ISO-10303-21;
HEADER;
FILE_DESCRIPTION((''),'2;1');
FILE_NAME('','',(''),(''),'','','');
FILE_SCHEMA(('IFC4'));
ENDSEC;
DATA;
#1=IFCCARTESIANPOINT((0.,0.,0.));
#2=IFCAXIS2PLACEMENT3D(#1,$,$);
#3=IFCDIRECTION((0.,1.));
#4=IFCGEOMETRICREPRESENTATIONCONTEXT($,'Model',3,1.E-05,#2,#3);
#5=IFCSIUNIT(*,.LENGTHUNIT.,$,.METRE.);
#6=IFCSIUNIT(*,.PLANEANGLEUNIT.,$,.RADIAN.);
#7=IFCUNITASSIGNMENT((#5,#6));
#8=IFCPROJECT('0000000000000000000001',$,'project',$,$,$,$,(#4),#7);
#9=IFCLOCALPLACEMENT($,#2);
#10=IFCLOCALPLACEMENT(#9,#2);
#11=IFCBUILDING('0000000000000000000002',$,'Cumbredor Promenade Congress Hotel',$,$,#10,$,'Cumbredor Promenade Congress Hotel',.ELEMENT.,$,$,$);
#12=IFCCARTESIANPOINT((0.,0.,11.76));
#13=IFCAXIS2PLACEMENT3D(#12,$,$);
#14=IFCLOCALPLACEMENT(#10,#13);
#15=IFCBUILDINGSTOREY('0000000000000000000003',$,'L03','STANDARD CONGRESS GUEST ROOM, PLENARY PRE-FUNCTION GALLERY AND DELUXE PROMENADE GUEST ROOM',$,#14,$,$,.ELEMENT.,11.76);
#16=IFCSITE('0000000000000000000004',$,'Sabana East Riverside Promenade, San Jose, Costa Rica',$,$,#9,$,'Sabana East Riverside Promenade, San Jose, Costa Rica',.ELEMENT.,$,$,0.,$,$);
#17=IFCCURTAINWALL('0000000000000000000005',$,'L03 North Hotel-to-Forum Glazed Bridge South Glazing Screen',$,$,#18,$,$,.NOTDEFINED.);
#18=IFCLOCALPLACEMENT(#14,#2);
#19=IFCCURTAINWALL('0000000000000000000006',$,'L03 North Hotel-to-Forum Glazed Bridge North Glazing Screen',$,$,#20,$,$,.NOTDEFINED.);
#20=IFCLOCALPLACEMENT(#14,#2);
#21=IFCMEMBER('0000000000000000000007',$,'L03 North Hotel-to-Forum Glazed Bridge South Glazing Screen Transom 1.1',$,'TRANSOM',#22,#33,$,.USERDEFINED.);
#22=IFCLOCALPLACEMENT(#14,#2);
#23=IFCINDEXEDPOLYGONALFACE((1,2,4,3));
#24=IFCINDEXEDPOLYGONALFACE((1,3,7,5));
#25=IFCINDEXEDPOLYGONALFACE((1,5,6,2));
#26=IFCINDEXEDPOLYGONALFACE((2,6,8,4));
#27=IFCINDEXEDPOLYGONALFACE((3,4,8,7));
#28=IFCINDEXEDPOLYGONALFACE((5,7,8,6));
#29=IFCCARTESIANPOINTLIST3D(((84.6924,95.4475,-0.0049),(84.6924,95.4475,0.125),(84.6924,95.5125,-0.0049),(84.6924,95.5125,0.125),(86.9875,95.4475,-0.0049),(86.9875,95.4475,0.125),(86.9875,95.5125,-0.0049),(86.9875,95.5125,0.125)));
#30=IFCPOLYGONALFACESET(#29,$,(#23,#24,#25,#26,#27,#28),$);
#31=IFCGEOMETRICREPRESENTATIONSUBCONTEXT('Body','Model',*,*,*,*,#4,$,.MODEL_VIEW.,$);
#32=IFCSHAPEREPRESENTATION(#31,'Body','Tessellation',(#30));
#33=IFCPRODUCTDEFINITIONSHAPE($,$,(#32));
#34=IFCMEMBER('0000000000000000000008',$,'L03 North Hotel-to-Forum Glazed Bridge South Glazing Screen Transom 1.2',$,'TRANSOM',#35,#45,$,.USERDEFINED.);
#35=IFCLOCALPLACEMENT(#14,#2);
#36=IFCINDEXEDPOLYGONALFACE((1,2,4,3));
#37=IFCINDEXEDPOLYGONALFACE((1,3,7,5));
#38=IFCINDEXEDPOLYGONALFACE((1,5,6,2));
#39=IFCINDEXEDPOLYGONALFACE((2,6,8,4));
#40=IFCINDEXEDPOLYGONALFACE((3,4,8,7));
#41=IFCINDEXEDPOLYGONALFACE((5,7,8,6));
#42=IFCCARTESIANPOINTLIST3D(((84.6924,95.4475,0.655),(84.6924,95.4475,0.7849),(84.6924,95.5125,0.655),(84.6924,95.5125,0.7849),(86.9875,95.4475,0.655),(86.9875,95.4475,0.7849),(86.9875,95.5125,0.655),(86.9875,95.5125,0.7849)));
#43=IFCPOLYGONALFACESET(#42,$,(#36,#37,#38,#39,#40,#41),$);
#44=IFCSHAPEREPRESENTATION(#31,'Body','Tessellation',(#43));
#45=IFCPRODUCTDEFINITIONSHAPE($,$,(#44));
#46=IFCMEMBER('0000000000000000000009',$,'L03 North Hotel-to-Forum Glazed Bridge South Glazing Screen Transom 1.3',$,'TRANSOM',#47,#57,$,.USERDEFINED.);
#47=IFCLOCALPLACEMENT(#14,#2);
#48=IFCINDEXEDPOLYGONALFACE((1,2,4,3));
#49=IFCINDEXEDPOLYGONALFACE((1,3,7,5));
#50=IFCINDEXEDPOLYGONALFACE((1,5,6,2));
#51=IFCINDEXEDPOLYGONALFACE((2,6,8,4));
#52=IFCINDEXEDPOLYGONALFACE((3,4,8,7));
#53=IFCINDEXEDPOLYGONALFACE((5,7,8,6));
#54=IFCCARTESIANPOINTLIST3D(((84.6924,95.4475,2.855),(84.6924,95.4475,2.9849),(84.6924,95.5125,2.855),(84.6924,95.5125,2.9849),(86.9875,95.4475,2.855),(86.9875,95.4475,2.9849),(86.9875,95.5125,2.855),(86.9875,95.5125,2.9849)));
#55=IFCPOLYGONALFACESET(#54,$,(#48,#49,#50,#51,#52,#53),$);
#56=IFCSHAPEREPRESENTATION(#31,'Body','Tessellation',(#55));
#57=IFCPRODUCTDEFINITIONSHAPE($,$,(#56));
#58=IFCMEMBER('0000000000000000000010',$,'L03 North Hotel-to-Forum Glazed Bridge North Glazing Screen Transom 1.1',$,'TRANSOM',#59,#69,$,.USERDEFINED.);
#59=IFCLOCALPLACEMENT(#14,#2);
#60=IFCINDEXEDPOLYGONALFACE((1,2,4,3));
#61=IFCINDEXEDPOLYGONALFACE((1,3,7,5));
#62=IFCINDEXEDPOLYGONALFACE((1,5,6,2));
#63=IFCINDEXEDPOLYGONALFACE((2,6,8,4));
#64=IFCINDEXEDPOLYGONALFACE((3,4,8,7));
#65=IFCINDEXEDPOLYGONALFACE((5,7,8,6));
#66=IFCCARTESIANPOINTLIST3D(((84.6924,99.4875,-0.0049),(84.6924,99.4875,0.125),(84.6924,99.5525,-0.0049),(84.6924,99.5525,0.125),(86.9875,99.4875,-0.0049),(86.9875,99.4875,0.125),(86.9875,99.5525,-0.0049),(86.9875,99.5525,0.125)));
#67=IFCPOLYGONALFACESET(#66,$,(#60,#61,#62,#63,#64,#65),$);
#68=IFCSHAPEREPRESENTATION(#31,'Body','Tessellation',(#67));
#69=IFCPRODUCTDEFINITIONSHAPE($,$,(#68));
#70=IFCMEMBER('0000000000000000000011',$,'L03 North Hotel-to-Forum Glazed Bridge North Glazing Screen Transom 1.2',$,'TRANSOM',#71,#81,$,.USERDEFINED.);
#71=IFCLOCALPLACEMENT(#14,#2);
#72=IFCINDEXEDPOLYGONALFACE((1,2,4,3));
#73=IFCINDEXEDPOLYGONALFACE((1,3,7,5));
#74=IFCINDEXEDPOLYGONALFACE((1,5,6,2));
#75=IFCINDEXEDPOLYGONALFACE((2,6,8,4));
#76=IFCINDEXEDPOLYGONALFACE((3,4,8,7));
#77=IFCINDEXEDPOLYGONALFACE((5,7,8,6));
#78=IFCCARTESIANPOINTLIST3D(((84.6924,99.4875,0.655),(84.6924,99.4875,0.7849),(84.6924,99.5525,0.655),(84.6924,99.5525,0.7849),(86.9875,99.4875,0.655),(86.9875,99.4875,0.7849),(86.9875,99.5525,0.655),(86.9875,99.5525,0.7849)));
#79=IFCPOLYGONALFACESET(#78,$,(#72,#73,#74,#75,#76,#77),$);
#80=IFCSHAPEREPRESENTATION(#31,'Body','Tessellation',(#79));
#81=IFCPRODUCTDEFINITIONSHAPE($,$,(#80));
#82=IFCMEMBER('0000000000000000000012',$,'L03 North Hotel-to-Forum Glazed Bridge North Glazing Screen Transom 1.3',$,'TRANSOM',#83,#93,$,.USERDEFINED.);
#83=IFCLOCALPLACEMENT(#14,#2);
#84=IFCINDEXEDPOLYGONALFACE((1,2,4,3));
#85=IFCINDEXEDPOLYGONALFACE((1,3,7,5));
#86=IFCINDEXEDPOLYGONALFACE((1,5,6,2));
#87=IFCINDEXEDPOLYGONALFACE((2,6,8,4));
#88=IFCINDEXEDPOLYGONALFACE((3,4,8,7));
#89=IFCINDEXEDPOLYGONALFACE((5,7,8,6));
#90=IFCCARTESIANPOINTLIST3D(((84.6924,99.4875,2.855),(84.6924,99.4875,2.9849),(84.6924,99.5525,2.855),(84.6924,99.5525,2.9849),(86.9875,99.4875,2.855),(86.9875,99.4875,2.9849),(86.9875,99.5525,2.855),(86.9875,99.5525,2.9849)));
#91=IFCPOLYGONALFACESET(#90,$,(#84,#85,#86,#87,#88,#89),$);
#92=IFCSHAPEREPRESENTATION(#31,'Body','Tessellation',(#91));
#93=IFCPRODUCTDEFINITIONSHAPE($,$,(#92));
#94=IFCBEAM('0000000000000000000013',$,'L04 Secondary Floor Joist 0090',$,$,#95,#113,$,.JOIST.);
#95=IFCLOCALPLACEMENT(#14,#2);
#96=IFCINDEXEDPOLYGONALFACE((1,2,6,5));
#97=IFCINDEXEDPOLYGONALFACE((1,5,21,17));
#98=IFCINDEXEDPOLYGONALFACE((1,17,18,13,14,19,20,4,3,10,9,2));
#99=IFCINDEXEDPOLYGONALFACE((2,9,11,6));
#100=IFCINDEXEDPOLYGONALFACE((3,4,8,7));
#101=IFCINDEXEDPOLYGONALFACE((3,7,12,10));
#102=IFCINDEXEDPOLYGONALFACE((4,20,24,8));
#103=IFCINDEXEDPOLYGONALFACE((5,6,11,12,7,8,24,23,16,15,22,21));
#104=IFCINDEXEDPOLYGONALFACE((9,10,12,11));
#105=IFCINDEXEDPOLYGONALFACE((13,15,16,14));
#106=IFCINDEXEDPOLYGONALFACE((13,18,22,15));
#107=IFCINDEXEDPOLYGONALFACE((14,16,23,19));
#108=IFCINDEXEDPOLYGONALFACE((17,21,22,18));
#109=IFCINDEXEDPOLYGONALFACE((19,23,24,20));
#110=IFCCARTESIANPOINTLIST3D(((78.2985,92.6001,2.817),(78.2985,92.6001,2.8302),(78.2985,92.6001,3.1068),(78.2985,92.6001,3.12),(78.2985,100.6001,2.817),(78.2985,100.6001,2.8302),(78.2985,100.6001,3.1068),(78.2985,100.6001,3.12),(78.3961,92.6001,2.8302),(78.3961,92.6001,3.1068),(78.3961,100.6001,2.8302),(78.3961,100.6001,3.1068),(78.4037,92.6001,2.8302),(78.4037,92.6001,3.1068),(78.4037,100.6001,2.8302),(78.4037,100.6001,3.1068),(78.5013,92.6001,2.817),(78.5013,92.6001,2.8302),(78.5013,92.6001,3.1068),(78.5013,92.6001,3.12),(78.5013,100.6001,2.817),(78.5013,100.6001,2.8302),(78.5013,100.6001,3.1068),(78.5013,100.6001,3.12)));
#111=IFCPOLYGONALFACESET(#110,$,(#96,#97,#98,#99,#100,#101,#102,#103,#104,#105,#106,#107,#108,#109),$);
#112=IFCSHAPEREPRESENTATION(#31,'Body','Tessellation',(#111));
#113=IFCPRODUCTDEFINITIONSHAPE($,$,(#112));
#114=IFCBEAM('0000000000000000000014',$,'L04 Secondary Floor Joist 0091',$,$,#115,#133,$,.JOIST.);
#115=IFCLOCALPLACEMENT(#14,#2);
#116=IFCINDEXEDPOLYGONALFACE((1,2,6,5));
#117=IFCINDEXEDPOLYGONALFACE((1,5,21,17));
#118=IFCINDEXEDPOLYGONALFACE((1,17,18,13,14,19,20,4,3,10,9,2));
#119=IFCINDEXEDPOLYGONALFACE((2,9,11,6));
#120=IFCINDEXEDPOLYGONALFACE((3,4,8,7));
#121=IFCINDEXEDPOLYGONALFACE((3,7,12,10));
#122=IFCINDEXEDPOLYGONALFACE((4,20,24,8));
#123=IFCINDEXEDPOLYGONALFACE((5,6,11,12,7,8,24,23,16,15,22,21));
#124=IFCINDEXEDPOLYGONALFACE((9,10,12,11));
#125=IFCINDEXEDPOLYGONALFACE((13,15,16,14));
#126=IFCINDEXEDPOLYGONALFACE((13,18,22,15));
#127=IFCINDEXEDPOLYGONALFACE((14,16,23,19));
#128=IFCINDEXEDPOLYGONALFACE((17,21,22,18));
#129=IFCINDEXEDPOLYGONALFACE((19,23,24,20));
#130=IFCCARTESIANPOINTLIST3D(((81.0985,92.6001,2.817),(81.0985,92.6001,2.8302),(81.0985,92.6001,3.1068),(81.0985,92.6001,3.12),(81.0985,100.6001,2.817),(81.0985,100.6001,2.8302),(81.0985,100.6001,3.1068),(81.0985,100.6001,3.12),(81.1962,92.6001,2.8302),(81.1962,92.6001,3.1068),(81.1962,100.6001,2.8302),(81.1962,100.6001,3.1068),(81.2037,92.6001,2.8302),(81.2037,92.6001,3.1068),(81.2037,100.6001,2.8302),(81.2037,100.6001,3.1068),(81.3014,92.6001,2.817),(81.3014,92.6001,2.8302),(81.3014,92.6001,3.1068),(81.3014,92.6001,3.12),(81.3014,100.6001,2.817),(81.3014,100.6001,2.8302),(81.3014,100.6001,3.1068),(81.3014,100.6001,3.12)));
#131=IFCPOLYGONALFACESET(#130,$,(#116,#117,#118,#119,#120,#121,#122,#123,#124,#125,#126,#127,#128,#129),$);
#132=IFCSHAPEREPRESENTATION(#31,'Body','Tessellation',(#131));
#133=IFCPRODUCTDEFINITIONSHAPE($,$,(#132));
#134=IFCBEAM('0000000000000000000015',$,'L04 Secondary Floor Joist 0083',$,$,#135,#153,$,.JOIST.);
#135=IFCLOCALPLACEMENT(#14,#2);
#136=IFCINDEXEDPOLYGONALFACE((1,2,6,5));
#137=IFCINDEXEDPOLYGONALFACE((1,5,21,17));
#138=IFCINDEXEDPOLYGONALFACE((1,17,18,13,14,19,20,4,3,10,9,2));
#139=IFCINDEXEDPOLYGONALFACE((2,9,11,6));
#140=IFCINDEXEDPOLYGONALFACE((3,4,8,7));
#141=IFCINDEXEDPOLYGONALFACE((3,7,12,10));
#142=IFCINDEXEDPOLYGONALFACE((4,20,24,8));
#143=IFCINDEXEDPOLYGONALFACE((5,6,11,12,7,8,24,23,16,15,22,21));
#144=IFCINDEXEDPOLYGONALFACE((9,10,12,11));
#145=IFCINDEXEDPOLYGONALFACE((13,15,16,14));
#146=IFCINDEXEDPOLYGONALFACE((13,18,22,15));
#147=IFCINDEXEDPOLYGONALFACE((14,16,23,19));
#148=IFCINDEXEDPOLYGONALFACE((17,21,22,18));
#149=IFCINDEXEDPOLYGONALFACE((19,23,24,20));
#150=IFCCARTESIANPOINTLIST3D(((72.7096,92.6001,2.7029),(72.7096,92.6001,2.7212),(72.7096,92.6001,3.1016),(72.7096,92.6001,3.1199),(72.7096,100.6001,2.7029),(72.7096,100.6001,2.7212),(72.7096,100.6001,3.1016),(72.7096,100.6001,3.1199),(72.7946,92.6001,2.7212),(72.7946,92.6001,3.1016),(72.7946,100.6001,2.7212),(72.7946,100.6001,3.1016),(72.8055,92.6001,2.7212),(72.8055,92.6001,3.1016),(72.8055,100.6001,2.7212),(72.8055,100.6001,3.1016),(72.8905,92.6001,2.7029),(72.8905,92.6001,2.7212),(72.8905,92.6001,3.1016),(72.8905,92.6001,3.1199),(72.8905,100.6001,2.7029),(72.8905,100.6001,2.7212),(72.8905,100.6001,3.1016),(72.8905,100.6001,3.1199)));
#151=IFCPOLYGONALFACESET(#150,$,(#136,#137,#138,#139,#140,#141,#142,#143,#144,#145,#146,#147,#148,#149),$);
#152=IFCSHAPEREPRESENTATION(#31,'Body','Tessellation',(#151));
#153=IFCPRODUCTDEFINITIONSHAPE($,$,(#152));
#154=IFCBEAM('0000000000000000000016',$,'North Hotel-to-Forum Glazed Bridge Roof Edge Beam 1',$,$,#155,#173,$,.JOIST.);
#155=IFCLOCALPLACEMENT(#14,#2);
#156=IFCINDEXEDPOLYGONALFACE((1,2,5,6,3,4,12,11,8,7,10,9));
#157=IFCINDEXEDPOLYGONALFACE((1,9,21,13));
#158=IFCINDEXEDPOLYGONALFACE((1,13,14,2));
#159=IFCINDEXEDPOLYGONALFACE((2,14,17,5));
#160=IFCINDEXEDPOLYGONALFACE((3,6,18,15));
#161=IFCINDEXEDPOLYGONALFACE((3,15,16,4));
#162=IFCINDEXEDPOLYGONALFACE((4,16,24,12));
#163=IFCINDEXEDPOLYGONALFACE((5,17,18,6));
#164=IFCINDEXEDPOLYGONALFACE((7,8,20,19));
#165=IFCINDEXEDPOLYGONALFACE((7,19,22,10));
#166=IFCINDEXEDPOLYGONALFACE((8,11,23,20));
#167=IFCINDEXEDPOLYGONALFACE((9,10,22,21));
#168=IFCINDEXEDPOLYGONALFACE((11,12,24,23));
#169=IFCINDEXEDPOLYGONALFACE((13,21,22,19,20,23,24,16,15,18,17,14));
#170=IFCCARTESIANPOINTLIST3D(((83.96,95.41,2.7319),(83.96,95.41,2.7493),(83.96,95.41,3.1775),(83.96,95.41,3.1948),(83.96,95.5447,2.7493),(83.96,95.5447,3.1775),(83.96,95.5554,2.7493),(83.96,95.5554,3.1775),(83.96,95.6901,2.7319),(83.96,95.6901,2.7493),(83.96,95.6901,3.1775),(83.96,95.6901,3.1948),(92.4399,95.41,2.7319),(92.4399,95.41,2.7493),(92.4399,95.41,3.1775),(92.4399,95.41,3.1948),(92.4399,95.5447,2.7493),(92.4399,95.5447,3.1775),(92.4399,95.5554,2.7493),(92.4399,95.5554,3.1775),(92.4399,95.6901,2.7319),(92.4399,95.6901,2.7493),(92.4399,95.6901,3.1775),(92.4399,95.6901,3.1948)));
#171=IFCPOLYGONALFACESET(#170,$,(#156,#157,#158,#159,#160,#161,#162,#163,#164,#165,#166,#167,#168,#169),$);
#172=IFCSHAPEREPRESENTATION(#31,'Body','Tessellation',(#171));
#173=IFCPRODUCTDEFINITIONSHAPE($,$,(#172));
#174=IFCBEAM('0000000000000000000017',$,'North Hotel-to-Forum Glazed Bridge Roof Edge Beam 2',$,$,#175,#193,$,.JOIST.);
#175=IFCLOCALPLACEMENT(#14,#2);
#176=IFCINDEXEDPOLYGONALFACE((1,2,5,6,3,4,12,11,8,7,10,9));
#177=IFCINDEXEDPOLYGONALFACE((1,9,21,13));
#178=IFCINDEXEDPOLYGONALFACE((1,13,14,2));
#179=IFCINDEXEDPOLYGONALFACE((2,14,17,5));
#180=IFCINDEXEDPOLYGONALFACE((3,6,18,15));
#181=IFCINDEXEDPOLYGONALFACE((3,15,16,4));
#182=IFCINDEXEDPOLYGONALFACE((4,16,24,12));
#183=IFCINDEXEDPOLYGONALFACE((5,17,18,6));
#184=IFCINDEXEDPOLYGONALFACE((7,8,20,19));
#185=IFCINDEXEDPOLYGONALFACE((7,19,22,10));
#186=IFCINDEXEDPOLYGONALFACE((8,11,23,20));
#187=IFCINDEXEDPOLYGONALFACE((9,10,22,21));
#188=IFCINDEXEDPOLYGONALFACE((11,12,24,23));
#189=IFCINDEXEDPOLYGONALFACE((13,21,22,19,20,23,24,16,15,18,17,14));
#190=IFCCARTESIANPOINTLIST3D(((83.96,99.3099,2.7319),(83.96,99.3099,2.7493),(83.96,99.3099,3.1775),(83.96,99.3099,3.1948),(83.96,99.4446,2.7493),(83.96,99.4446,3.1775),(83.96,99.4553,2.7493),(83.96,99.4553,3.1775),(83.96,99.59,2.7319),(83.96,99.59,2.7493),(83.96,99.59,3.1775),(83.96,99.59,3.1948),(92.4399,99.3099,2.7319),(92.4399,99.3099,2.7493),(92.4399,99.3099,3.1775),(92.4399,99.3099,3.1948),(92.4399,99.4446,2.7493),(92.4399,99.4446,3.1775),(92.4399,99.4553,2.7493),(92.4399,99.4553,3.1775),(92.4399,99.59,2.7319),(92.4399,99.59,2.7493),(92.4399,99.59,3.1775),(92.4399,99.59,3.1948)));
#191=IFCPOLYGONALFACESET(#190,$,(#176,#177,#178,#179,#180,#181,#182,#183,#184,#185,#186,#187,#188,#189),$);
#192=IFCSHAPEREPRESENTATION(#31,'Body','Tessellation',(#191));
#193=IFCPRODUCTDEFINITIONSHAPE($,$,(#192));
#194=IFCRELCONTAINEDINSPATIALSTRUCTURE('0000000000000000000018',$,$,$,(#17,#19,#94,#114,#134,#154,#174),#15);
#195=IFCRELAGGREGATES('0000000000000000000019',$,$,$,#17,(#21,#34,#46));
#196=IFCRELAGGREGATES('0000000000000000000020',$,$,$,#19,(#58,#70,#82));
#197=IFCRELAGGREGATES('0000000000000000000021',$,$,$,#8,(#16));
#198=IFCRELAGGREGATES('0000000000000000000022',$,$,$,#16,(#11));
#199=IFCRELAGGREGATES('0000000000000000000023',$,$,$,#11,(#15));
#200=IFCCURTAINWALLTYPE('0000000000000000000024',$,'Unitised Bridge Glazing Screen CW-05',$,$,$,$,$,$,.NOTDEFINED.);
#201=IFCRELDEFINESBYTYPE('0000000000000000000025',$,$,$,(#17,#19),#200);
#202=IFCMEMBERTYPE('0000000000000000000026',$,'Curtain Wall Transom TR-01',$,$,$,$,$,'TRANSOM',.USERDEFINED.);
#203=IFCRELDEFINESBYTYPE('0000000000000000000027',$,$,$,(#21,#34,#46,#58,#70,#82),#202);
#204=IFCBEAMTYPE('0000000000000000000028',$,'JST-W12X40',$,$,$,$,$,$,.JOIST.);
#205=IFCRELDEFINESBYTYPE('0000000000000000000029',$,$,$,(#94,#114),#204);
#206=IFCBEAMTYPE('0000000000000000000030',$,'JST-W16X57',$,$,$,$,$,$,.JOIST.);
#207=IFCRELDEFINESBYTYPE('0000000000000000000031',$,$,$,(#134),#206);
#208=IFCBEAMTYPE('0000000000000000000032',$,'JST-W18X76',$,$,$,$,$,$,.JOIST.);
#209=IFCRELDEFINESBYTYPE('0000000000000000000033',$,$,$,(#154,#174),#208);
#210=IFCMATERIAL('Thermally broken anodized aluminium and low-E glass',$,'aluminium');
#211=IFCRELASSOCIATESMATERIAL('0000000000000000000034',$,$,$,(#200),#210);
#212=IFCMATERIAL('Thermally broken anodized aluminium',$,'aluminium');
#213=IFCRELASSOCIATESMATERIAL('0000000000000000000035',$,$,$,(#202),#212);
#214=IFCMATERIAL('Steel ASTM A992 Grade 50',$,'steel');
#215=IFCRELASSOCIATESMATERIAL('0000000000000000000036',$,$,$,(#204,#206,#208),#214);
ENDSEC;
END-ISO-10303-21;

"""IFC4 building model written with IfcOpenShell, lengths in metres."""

from ifc_helpers import new_model, si_unit, direction, frame, origin, origin_2d, place, context, subcontext, project, spatial, rectangle, i_section, extrude, material, material_profile, profile_set, type_object, element, aggregate, save


model = new_model("IFC4")

# Units and contexts
model_context = context("Model", 3, precision=1e-05, world=origin(), true_north=direction((0.0, 1.0)))
body_context = subcontext(model_context, "Body", "Model", "MODEL_VIEW")
ifc_project = project(units=[si_unit("LENGTHUNIT", "METRE"), si_unit("PLANEANGLEUNIT", "RADIAN")], contexts=[model_context])

# Site, building, storey
site_placement = place(None, origin())
site = spatial("IfcSite", under=ifc_project, at=site_placement, Name="Sabana East Riverside Promenade, San Jose, Costa Rica", LongName="Sabana East Riverside Promenade, San Jose, Costa Rica", CompositionType="ELEMENT", RefElevation=0.0)
building_placement = place(site_placement, origin())
building = spatial("IfcBuilding", under=site, at=building_placement, Name="Cumbredor Promenade Congress Hotel", LongName="Cumbredor Promenade Congress Hotel", CompositionType="ELEMENT")
storey_placement = place(building_placement, frame((0.0, 0.0, 11.76)))
storey = spatial("IfcBuildingStorey", under=building, at=storey_placement, Name="L03", Description="STANDARD CONGRESS GUEST ROOM, PLENARY PRE-FUNCTION GALLERY AND DELUXE PROMENADE GUEST ROOM", CompositionType="ELEMENT", Elevation=11.76)

# Shared definitions
ifc_material_1 = material(Name="Steel ASTM A992 Grade 50", Category="steel")

# Curtain walls
ifc_material_2 = material(Name="Thermally broken anodized aluminium and low-E glass", Category="aluminium")
curtain_wall_type_1 = type_object("IfcCurtainWallType", Name="Unitised Bridge Glazing Screen CW-05", PredefinedType="NOTDEFINED", material=ifc_material_2)
curtain_wall_1_placement = place(storey_placement, origin())
curtain_wall_1 = element("IfcCurtainWall", 1, at=curtain_wall_1_placement, inside=storey, type_object=curtain_wall_type_1, Name="L03 North Hotel-to-Forum Glazed Bridge South Glazing Screen", PredefinedType="NOTDEFINED")
ifc_material_3 = material(Name="Thermally broken anodized aluminium", Category="aluminium")
curtain_wall_2_placement = place(storey_placement, origin())
curtain_wall_2 = element("IfcCurtainWall", 2, at=curtain_wall_2_placement, inside=storey, type_object=curtain_wall_type_1, Name="L03 North Hotel-to-Forum Glazed Bridge North Glazing Screen", PredefinedType="NOTDEFINED")

# Members
ifc_material_profile_1 = material_profile(ifc_material_3, rectangle(XDim=0.0649, YDim=0.1299, at=origin_2d()), Name="ALU TRANSOM 65x130")
ifc_profile_set_1 = profile_set([ifc_material_profile_1], Name="Thermally broken anodized aluminium")
member_type_1 = type_object("IfcMemberType", Name="Curtain Wall Transom TR-01", ElementType="TRANSOM", PredefinedType="USERDEFINED", material=ifc_profile_set_1)
member_1_placement = place(storey_placement, frame((84.6924, 95.48, 0.0601), z_axis=(1.0, 0.0, 0.0), x_axis=(0.0, 1.0, 0.0)))
member_1 = element("IfcMember", 3, at=member_1_placement, type_object=member_type_1, Name="L03 North Hotel-to-Forum Glazed Bridge South Glazing Screen Transom 1.1", ObjectType="TRANSOM", PredefinedType="USERDEFINED", context=body_context, shape_type="SweptSolid", body=[
    extrude(rectangle(XDim=0.0649, YDim=0.1299, at=origin_2d()), origin(), (0.0, 0.0, 1.0), 2.2952),
])
member_2_placement = place(storey_placement, frame((84.6924, 95.48, 0.72), z_axis=(1.0, 0.0, 0.0), x_axis=(0.0, 1.0, 0.0)))
member_2 = element("IfcMember", 4, at=member_2_placement, type_object=member_type_1, Name="L03 North Hotel-to-Forum Glazed Bridge South Glazing Screen Transom 1.2", ObjectType="TRANSOM", PredefinedType="USERDEFINED", context=body_context, shape_type="SweptSolid", body=[
    extrude(rectangle(XDim=0.0649, YDim=0.1299, at=origin_2d()), origin(), (0.0, 0.0, 1.0), 2.2952),
])
member_3_placement = place(storey_placement, frame((84.6924, 95.48, 2.9199), z_axis=(1.0, 0.0, 0.0), x_axis=(0.0, 1.0, 0.0)))
member_3 = element("IfcMember", 5, at=member_3_placement, type_object=member_type_1, Name="L03 North Hotel-to-Forum Glazed Bridge South Glazing Screen Transom 1.3", ObjectType="TRANSOM", PredefinedType="USERDEFINED", context=body_context, shape_type="SweptSolid", body=[
    extrude(rectangle(XDim=0.0649, YDim=0.1299, at=origin_2d()), origin(), (0.0, 0.0, 1.0), 2.2952),
])
member_4_placement = place(storey_placement, frame((84.6924, 99.52, 0.0601), z_axis=(1.0, 0.0, 0.0), x_axis=(0.0, 1.0, 0.0)))
member_4 = element("IfcMember", 6, at=member_4_placement, type_object=member_type_1, Name="L03 North Hotel-to-Forum Glazed Bridge North Glazing Screen Transom 1.1", ObjectType="TRANSOM", PredefinedType="USERDEFINED", context=body_context, shape_type="SweptSolid", body=[
    extrude(rectangle(XDim=0.0649, YDim=0.1299, at=origin_2d()), origin(), (0.0, 0.0, 1.0), 2.2952),
])
member_5_placement = place(storey_placement, frame((84.6924, 99.52, 0.72), z_axis=(1.0, 0.0, 0.0), x_axis=(0.0, 1.0, 0.0)))
member_5 = element("IfcMember", 7, at=member_5_placement, type_object=member_type_1, Name="L03 North Hotel-to-Forum Glazed Bridge North Glazing Screen Transom 1.2", ObjectType="TRANSOM", PredefinedType="USERDEFINED", context=body_context, shape_type="SweptSolid", body=[
    extrude(rectangle(XDim=0.0649, YDim=0.1299, at=origin_2d()), origin(), (0.0, 0.0, 1.0), 2.2952),
])
member_6_placement = place(storey_placement, frame((84.6924, 99.52, 2.9199), z_axis=(1.0, 0.0, 0.0), x_axis=(0.0, 1.0, 0.0)))
member_6 = element("IfcMember", 8, at=member_6_placement, type_object=member_type_1, Name="L03 North Hotel-to-Forum Glazed Bridge North Glazing Screen Transom 1.3", ObjectType="TRANSOM", PredefinedType="USERDEFINED", context=body_context, shape_type="SweptSolid", body=[
    extrude(rectangle(XDim=0.0649, YDim=0.1299, at=origin_2d()), origin(), (0.0, 0.0, 1.0), 2.2952),
])

# Beams
ifc_material_profile_2 = material_profile(ifc_material_1, i_section(OverallWidth=0.2029, OverallDepth=0.303, WebThickness=0.0076, FlangeThickness=0.0132, at=origin_2d()), Name="W12X40")
ifc_profile_set_2 = profile_set([ifc_material_profile_2], Name="Steel ASTM A992 Grade 50")
beam_type_1 = type_object("IfcBeamType", Name="JST-W12X40", PredefinedType="JOIST", material=ifc_profile_set_2)
for number, where, z_axis, x_axis, name in (
    (9, (78.3999, 92.6001, 2.9685), (0.0, 1.0, 0.0), (-1.0, 0.0, 0.0), "L04 Secondary Floor Joist 0090"),
    (10, (81.2, 92.6001, 2.9685), (0.0, 1.0, 0.0), (-1.0, 0.0, 0.0), "L04 Secondary Floor Joist 0091"),
):
    element("IfcBeam", number, at=place(storey_placement, frame(where, z_axis=z_axis, x_axis=x_axis)), inside=storey, type_object=beam_type_1, Name=name, PredefinedType="JOIST", context=body_context, shape_type="SweptSolid", body=[
        extrude(i_section(OverallWidth=0.2029, OverallDepth=0.303, WebThickness=0.0076, FlangeThickness=0.0132, at=origin_2d()), origin(), (0.0, 0.0, 1.0), 8.0),
    ])
ifc_material_profile_3 = material_profile(ifc_material_1, i_section(OverallWidth=0.1809, OverallDepth=0.417, WebThickness=0.011, FlangeThickness=0.0183, at=origin_2d()), Name="W16X57")
ifc_profile_set_3 = profile_set([ifc_material_profile_3], Name="Steel ASTM A992 Grade 50")
beam_type_2 = type_object("IfcBeamType", Name="JST-W16X57", PredefinedType="JOIST", material=ifc_profile_set_3)
beam_1_placement = place(storey_placement, frame((72.8, 92.6001, 2.9114), z_axis=(0.0, 1.0, 0.0), x_axis=(-1.0, 0.0, 0.0)))
element("IfcBeam", 11, at=beam_1_placement, inside=storey, type_object=beam_type_2, Name="L04 Secondary Floor Joist 0083", PredefinedType="JOIST", context=body_context, shape_type="SweptSolid", body=[
    extrude(i_section(OverallWidth=0.1809, OverallDepth=0.417, WebThickness=0.011, FlangeThickness=0.0183, at=origin_2d()), origin(), (0.0, 0.0, 1.0), 8.0),
])
ifc_material_profile_4 = material_profile(ifc_material_1, i_section(OverallWidth=0.28, OverallDepth=0.4629, WebThickness=0.0107, FlangeThickness=0.0173, at=origin_2d()), Name="W18X76")
ifc_profile_set_4 = profile_set([ifc_material_profile_4], Name="Steel ASTM A992 Grade 50")
beam_type_3 = type_object("IfcBeamType", Name="JST-W18X76", PredefinedType="JOIST", material=ifc_profile_set_4)
for number, where, z_axis, x_axis, name in (
    (12, (83.96, 95.55, 2.9634), (1.0, 0.0, 0.0), (0.0, 1.0, 0.0), "North Hotel-to-Forum Glazed Bridge Roof Edge Beam 1"),
    (13, (83.96, 99.45, 2.9634), (1.0, 0.0, 0.0), (0.0, 1.0, 0.0), "North Hotel-to-Forum Glazed Bridge Roof Edge Beam 2"),
):
    element("IfcBeam", number, at=place(storey_placement, frame(where, z_axis=z_axis, x_axis=x_axis)), inside=storey, type_object=beam_type_3, Name=name, PredefinedType="JOIST", context=body_context, shape_type="SweptSolid", body=[
        extrude(i_section(OverallWidth=0.28, OverallDepth=0.4629, WebThickness=0.0107, FlangeThickness=0.0173, at=origin_2d()), origin(), (0.0, 0.0, 1.0), 8.48),
    ])

aggregate(curtain_wall_1, [member_1, member_2, member_3])
aggregate(curtain_wall_2, [member_4, member_5, member_6])

save(model, "model.ifc")
